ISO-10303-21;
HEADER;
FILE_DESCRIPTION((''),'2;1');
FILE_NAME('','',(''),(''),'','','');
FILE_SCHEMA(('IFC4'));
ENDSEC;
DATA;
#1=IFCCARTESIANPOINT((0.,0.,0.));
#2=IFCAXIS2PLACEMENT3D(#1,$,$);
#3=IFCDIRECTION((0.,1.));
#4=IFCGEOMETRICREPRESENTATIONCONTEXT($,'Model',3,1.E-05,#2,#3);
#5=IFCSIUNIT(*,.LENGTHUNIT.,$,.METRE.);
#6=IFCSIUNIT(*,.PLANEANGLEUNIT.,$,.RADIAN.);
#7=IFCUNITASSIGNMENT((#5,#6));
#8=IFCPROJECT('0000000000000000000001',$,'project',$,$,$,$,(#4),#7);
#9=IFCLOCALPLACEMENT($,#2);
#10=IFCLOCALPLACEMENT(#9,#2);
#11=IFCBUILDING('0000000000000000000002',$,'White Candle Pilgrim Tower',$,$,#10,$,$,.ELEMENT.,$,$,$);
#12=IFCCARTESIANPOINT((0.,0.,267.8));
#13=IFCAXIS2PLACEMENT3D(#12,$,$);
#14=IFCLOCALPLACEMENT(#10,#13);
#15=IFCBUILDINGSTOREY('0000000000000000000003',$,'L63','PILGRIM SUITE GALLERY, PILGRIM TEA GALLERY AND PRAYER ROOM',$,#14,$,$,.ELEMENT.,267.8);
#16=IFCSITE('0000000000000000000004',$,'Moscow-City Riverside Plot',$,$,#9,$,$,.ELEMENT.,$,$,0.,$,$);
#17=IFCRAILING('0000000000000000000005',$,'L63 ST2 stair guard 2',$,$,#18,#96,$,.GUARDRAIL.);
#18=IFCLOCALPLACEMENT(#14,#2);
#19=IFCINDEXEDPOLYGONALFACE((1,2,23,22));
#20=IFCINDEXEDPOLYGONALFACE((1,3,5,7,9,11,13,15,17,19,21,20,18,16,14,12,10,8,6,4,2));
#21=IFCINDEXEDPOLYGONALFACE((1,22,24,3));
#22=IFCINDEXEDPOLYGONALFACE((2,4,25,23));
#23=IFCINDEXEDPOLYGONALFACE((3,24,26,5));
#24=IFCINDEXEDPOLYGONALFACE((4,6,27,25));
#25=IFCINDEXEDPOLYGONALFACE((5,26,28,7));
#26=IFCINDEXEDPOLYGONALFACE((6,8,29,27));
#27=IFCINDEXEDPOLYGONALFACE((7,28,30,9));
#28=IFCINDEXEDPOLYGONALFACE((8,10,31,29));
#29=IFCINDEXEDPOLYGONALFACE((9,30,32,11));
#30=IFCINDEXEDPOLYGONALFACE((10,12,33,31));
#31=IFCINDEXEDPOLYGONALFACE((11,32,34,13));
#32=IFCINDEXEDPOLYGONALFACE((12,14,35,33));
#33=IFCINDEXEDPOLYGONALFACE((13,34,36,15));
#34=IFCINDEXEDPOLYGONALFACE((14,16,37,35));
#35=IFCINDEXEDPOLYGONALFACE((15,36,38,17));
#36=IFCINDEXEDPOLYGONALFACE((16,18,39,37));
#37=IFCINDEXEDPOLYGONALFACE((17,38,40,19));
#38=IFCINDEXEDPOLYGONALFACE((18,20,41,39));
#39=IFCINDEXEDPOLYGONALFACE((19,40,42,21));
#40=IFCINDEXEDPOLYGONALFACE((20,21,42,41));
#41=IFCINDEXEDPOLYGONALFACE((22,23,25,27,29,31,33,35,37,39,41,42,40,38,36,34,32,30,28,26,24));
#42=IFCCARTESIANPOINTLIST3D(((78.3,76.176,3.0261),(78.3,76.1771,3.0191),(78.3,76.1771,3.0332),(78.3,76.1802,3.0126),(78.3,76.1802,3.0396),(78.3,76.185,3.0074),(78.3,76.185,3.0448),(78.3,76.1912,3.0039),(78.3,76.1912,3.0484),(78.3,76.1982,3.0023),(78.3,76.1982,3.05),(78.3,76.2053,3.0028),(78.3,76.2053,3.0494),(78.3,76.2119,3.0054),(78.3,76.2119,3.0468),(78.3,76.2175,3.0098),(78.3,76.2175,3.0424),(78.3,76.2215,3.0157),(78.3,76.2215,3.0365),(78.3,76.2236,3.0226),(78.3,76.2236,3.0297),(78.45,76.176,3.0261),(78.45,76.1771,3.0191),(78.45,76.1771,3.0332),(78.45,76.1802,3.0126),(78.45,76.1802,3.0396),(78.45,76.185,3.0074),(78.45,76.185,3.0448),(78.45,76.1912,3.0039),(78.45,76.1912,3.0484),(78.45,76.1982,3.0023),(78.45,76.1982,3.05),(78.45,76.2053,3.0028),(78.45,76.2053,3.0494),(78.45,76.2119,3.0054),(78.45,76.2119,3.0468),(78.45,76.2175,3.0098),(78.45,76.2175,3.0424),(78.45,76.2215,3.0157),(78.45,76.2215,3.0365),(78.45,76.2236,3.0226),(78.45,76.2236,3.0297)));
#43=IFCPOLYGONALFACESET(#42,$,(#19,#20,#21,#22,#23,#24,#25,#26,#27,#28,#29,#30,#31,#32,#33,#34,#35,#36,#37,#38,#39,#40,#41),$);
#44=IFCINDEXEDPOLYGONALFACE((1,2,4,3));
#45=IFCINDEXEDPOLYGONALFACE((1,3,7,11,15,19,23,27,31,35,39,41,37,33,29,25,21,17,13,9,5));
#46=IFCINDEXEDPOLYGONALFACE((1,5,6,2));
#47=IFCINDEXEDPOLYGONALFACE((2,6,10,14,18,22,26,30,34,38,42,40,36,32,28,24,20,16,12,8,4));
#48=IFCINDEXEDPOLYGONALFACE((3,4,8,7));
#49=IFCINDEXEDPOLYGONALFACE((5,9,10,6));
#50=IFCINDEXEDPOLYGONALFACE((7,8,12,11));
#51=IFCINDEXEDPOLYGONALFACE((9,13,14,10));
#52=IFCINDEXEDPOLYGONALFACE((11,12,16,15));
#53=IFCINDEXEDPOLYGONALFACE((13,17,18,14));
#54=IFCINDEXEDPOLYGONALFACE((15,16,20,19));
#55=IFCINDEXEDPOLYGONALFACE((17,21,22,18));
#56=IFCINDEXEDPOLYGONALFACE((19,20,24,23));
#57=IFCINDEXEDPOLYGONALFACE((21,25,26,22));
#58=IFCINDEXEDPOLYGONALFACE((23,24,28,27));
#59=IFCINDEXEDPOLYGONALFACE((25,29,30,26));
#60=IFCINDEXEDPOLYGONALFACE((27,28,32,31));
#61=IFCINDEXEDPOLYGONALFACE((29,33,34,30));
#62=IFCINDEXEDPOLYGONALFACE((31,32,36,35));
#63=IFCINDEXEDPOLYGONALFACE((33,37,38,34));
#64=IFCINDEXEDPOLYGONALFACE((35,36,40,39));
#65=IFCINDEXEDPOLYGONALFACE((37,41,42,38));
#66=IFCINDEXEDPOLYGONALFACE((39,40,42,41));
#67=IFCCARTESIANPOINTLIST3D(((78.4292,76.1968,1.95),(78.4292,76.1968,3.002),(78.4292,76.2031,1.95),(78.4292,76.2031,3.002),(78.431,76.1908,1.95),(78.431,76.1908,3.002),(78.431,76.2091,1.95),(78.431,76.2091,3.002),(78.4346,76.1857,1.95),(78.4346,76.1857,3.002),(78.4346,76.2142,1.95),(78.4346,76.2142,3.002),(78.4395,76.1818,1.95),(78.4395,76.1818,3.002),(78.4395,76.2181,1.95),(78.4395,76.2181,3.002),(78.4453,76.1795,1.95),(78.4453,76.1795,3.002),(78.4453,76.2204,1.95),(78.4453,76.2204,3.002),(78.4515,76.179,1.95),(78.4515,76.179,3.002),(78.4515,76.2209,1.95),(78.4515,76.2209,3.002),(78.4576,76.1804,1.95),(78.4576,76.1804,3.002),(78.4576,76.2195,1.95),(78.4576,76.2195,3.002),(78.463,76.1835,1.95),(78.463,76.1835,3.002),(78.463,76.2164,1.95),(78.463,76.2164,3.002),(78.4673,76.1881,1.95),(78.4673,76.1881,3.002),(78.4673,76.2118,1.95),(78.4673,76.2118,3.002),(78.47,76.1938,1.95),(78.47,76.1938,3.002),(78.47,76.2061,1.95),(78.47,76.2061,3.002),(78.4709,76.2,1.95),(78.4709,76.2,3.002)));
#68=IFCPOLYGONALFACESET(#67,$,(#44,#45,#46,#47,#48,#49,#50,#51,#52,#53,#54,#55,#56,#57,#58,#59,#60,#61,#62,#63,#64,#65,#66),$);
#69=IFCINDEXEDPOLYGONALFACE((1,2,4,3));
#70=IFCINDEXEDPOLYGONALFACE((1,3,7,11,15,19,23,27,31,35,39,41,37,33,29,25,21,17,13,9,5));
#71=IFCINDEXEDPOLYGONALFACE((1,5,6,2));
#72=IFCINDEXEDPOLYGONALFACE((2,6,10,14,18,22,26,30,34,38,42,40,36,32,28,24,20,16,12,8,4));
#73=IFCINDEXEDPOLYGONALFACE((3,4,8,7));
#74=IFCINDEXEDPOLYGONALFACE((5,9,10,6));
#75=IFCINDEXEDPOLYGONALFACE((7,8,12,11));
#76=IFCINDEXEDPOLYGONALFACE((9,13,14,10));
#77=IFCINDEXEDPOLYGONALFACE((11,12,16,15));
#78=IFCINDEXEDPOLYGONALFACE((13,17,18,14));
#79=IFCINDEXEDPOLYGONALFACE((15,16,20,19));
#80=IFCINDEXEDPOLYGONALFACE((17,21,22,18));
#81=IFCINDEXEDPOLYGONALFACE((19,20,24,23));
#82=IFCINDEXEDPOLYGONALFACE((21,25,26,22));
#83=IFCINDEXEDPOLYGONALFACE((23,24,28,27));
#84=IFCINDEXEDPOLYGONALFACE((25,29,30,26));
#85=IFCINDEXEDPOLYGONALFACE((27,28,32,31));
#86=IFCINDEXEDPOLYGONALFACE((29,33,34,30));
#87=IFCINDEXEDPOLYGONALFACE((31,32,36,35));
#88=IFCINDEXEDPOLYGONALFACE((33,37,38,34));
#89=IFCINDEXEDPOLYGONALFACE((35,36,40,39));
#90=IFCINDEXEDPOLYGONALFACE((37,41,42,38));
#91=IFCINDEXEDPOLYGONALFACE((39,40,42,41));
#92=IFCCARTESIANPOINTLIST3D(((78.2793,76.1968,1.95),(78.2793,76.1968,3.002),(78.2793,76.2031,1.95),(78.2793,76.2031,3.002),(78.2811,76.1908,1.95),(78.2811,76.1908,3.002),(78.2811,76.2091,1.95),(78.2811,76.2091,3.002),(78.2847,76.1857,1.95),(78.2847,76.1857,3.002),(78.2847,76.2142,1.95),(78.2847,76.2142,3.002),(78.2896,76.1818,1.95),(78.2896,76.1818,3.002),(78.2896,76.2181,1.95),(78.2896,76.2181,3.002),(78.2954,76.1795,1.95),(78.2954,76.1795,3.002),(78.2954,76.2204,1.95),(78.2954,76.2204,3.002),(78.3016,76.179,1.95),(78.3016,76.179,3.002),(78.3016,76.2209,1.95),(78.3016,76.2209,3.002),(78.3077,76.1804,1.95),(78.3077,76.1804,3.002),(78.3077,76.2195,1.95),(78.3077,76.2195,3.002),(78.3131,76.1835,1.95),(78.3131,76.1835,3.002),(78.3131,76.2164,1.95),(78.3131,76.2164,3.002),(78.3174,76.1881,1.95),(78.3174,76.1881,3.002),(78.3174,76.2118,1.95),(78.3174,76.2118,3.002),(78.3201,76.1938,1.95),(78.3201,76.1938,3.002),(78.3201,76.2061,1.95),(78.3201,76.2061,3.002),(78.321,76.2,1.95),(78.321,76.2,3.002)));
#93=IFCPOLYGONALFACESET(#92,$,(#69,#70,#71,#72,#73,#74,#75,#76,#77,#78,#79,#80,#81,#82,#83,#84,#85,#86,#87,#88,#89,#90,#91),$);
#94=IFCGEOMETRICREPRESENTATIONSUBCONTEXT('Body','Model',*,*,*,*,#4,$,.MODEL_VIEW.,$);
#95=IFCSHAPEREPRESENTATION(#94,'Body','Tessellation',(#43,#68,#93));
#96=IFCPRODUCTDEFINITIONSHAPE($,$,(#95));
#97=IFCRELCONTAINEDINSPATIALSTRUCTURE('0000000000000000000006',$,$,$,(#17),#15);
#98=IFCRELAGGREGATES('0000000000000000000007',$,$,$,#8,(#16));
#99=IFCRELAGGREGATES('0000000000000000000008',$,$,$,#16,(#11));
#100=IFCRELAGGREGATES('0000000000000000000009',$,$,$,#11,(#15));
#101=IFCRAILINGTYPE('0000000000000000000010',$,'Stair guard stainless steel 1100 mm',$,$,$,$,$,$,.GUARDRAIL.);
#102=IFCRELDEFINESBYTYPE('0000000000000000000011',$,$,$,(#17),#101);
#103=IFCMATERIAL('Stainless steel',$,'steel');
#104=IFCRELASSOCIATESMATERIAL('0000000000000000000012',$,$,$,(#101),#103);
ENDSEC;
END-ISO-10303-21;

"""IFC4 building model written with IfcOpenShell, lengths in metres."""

from ifc_helpers import new_model, si_unit, direction, frame, origin, origin_2d, place, context, subcontext, project, spatial, circle, extrude, material, type_object, element, save


model = new_model("IFC4")

# Units and contexts
model_context = context("Model", 3, precision=1e-05, world=origin(), true_north=direction((0.0, 1.0)))
body_context = subcontext(model_context, "Body", "Model", "MODEL_VIEW")
ifc_project = project(units=[si_unit("LENGTHUNIT", "METRE"), si_unit("PLANEANGLEUNIT", "RADIAN")], contexts=[model_context])

# Site, building, storey
site_placement = place(None, origin())
site = spatial("IfcSite", under=ifc_project, at=site_placement, Name="Moscow-City Riverside Plot", CompositionType="ELEMENT", RefElevation=0.0)
building_placement = place(site_placement, origin())
building = spatial("IfcBuilding", under=site, at=building_placement, Name="White Candle Pilgrim Tower", CompositionType="ELEMENT")
storey_placement = place(building_placement, frame((0.0, 0.0, 267.8)))
storey = spatial("IfcBuildingStorey", under=building, at=storey_placement, Name="L63", Description="PILGRIM SUITE GALLERY, PILGRIM TEA GALLERY AND PRAYER ROOM", CompositionType="ELEMENT", Elevation=267.8)

# Railing
ifc_material_1 = material(Name="Stainless steel", Category="steel")
railing_type_1 = type_object("IfcRailingType", Name="Stair guard stainless steel 1100 mm", PredefinedType="GUARDRAIL", material=ifc_material_1)
railing_1_placement = place(storey_placement, frame((78.45, 76.2, 1.95)))
element("IfcRailing", 1, at=railing_1_placement, inside=storey, type_object=railing_type_1, Name="L63 ST2 stair guard 2", PredefinedType="GUARDRAIL", context=body_context, shape_type="SweptSolid", body=[
    extrude(circle(Radius=0.0239, at=origin_2d()), frame((0.0, 0.0, 1.0762), z_axis=(-1.0, 0.0, 0.0), x_axis=(0.0, -1.0, 0.0)), (0.0, 0.0, 1.0), 0.1499),
    extrude(circle(Radius=0.021, at=origin_2d()), origin(), (0.0, 0.0, 1.0), 1.052),
    extrude(circle(Radius=0.021, at=origin_2d()), frame((-0.1499, 0.0, 0.0)), (0.0, 0.0, 1.0), 1.052),
])

save(model, "model.ifc")
